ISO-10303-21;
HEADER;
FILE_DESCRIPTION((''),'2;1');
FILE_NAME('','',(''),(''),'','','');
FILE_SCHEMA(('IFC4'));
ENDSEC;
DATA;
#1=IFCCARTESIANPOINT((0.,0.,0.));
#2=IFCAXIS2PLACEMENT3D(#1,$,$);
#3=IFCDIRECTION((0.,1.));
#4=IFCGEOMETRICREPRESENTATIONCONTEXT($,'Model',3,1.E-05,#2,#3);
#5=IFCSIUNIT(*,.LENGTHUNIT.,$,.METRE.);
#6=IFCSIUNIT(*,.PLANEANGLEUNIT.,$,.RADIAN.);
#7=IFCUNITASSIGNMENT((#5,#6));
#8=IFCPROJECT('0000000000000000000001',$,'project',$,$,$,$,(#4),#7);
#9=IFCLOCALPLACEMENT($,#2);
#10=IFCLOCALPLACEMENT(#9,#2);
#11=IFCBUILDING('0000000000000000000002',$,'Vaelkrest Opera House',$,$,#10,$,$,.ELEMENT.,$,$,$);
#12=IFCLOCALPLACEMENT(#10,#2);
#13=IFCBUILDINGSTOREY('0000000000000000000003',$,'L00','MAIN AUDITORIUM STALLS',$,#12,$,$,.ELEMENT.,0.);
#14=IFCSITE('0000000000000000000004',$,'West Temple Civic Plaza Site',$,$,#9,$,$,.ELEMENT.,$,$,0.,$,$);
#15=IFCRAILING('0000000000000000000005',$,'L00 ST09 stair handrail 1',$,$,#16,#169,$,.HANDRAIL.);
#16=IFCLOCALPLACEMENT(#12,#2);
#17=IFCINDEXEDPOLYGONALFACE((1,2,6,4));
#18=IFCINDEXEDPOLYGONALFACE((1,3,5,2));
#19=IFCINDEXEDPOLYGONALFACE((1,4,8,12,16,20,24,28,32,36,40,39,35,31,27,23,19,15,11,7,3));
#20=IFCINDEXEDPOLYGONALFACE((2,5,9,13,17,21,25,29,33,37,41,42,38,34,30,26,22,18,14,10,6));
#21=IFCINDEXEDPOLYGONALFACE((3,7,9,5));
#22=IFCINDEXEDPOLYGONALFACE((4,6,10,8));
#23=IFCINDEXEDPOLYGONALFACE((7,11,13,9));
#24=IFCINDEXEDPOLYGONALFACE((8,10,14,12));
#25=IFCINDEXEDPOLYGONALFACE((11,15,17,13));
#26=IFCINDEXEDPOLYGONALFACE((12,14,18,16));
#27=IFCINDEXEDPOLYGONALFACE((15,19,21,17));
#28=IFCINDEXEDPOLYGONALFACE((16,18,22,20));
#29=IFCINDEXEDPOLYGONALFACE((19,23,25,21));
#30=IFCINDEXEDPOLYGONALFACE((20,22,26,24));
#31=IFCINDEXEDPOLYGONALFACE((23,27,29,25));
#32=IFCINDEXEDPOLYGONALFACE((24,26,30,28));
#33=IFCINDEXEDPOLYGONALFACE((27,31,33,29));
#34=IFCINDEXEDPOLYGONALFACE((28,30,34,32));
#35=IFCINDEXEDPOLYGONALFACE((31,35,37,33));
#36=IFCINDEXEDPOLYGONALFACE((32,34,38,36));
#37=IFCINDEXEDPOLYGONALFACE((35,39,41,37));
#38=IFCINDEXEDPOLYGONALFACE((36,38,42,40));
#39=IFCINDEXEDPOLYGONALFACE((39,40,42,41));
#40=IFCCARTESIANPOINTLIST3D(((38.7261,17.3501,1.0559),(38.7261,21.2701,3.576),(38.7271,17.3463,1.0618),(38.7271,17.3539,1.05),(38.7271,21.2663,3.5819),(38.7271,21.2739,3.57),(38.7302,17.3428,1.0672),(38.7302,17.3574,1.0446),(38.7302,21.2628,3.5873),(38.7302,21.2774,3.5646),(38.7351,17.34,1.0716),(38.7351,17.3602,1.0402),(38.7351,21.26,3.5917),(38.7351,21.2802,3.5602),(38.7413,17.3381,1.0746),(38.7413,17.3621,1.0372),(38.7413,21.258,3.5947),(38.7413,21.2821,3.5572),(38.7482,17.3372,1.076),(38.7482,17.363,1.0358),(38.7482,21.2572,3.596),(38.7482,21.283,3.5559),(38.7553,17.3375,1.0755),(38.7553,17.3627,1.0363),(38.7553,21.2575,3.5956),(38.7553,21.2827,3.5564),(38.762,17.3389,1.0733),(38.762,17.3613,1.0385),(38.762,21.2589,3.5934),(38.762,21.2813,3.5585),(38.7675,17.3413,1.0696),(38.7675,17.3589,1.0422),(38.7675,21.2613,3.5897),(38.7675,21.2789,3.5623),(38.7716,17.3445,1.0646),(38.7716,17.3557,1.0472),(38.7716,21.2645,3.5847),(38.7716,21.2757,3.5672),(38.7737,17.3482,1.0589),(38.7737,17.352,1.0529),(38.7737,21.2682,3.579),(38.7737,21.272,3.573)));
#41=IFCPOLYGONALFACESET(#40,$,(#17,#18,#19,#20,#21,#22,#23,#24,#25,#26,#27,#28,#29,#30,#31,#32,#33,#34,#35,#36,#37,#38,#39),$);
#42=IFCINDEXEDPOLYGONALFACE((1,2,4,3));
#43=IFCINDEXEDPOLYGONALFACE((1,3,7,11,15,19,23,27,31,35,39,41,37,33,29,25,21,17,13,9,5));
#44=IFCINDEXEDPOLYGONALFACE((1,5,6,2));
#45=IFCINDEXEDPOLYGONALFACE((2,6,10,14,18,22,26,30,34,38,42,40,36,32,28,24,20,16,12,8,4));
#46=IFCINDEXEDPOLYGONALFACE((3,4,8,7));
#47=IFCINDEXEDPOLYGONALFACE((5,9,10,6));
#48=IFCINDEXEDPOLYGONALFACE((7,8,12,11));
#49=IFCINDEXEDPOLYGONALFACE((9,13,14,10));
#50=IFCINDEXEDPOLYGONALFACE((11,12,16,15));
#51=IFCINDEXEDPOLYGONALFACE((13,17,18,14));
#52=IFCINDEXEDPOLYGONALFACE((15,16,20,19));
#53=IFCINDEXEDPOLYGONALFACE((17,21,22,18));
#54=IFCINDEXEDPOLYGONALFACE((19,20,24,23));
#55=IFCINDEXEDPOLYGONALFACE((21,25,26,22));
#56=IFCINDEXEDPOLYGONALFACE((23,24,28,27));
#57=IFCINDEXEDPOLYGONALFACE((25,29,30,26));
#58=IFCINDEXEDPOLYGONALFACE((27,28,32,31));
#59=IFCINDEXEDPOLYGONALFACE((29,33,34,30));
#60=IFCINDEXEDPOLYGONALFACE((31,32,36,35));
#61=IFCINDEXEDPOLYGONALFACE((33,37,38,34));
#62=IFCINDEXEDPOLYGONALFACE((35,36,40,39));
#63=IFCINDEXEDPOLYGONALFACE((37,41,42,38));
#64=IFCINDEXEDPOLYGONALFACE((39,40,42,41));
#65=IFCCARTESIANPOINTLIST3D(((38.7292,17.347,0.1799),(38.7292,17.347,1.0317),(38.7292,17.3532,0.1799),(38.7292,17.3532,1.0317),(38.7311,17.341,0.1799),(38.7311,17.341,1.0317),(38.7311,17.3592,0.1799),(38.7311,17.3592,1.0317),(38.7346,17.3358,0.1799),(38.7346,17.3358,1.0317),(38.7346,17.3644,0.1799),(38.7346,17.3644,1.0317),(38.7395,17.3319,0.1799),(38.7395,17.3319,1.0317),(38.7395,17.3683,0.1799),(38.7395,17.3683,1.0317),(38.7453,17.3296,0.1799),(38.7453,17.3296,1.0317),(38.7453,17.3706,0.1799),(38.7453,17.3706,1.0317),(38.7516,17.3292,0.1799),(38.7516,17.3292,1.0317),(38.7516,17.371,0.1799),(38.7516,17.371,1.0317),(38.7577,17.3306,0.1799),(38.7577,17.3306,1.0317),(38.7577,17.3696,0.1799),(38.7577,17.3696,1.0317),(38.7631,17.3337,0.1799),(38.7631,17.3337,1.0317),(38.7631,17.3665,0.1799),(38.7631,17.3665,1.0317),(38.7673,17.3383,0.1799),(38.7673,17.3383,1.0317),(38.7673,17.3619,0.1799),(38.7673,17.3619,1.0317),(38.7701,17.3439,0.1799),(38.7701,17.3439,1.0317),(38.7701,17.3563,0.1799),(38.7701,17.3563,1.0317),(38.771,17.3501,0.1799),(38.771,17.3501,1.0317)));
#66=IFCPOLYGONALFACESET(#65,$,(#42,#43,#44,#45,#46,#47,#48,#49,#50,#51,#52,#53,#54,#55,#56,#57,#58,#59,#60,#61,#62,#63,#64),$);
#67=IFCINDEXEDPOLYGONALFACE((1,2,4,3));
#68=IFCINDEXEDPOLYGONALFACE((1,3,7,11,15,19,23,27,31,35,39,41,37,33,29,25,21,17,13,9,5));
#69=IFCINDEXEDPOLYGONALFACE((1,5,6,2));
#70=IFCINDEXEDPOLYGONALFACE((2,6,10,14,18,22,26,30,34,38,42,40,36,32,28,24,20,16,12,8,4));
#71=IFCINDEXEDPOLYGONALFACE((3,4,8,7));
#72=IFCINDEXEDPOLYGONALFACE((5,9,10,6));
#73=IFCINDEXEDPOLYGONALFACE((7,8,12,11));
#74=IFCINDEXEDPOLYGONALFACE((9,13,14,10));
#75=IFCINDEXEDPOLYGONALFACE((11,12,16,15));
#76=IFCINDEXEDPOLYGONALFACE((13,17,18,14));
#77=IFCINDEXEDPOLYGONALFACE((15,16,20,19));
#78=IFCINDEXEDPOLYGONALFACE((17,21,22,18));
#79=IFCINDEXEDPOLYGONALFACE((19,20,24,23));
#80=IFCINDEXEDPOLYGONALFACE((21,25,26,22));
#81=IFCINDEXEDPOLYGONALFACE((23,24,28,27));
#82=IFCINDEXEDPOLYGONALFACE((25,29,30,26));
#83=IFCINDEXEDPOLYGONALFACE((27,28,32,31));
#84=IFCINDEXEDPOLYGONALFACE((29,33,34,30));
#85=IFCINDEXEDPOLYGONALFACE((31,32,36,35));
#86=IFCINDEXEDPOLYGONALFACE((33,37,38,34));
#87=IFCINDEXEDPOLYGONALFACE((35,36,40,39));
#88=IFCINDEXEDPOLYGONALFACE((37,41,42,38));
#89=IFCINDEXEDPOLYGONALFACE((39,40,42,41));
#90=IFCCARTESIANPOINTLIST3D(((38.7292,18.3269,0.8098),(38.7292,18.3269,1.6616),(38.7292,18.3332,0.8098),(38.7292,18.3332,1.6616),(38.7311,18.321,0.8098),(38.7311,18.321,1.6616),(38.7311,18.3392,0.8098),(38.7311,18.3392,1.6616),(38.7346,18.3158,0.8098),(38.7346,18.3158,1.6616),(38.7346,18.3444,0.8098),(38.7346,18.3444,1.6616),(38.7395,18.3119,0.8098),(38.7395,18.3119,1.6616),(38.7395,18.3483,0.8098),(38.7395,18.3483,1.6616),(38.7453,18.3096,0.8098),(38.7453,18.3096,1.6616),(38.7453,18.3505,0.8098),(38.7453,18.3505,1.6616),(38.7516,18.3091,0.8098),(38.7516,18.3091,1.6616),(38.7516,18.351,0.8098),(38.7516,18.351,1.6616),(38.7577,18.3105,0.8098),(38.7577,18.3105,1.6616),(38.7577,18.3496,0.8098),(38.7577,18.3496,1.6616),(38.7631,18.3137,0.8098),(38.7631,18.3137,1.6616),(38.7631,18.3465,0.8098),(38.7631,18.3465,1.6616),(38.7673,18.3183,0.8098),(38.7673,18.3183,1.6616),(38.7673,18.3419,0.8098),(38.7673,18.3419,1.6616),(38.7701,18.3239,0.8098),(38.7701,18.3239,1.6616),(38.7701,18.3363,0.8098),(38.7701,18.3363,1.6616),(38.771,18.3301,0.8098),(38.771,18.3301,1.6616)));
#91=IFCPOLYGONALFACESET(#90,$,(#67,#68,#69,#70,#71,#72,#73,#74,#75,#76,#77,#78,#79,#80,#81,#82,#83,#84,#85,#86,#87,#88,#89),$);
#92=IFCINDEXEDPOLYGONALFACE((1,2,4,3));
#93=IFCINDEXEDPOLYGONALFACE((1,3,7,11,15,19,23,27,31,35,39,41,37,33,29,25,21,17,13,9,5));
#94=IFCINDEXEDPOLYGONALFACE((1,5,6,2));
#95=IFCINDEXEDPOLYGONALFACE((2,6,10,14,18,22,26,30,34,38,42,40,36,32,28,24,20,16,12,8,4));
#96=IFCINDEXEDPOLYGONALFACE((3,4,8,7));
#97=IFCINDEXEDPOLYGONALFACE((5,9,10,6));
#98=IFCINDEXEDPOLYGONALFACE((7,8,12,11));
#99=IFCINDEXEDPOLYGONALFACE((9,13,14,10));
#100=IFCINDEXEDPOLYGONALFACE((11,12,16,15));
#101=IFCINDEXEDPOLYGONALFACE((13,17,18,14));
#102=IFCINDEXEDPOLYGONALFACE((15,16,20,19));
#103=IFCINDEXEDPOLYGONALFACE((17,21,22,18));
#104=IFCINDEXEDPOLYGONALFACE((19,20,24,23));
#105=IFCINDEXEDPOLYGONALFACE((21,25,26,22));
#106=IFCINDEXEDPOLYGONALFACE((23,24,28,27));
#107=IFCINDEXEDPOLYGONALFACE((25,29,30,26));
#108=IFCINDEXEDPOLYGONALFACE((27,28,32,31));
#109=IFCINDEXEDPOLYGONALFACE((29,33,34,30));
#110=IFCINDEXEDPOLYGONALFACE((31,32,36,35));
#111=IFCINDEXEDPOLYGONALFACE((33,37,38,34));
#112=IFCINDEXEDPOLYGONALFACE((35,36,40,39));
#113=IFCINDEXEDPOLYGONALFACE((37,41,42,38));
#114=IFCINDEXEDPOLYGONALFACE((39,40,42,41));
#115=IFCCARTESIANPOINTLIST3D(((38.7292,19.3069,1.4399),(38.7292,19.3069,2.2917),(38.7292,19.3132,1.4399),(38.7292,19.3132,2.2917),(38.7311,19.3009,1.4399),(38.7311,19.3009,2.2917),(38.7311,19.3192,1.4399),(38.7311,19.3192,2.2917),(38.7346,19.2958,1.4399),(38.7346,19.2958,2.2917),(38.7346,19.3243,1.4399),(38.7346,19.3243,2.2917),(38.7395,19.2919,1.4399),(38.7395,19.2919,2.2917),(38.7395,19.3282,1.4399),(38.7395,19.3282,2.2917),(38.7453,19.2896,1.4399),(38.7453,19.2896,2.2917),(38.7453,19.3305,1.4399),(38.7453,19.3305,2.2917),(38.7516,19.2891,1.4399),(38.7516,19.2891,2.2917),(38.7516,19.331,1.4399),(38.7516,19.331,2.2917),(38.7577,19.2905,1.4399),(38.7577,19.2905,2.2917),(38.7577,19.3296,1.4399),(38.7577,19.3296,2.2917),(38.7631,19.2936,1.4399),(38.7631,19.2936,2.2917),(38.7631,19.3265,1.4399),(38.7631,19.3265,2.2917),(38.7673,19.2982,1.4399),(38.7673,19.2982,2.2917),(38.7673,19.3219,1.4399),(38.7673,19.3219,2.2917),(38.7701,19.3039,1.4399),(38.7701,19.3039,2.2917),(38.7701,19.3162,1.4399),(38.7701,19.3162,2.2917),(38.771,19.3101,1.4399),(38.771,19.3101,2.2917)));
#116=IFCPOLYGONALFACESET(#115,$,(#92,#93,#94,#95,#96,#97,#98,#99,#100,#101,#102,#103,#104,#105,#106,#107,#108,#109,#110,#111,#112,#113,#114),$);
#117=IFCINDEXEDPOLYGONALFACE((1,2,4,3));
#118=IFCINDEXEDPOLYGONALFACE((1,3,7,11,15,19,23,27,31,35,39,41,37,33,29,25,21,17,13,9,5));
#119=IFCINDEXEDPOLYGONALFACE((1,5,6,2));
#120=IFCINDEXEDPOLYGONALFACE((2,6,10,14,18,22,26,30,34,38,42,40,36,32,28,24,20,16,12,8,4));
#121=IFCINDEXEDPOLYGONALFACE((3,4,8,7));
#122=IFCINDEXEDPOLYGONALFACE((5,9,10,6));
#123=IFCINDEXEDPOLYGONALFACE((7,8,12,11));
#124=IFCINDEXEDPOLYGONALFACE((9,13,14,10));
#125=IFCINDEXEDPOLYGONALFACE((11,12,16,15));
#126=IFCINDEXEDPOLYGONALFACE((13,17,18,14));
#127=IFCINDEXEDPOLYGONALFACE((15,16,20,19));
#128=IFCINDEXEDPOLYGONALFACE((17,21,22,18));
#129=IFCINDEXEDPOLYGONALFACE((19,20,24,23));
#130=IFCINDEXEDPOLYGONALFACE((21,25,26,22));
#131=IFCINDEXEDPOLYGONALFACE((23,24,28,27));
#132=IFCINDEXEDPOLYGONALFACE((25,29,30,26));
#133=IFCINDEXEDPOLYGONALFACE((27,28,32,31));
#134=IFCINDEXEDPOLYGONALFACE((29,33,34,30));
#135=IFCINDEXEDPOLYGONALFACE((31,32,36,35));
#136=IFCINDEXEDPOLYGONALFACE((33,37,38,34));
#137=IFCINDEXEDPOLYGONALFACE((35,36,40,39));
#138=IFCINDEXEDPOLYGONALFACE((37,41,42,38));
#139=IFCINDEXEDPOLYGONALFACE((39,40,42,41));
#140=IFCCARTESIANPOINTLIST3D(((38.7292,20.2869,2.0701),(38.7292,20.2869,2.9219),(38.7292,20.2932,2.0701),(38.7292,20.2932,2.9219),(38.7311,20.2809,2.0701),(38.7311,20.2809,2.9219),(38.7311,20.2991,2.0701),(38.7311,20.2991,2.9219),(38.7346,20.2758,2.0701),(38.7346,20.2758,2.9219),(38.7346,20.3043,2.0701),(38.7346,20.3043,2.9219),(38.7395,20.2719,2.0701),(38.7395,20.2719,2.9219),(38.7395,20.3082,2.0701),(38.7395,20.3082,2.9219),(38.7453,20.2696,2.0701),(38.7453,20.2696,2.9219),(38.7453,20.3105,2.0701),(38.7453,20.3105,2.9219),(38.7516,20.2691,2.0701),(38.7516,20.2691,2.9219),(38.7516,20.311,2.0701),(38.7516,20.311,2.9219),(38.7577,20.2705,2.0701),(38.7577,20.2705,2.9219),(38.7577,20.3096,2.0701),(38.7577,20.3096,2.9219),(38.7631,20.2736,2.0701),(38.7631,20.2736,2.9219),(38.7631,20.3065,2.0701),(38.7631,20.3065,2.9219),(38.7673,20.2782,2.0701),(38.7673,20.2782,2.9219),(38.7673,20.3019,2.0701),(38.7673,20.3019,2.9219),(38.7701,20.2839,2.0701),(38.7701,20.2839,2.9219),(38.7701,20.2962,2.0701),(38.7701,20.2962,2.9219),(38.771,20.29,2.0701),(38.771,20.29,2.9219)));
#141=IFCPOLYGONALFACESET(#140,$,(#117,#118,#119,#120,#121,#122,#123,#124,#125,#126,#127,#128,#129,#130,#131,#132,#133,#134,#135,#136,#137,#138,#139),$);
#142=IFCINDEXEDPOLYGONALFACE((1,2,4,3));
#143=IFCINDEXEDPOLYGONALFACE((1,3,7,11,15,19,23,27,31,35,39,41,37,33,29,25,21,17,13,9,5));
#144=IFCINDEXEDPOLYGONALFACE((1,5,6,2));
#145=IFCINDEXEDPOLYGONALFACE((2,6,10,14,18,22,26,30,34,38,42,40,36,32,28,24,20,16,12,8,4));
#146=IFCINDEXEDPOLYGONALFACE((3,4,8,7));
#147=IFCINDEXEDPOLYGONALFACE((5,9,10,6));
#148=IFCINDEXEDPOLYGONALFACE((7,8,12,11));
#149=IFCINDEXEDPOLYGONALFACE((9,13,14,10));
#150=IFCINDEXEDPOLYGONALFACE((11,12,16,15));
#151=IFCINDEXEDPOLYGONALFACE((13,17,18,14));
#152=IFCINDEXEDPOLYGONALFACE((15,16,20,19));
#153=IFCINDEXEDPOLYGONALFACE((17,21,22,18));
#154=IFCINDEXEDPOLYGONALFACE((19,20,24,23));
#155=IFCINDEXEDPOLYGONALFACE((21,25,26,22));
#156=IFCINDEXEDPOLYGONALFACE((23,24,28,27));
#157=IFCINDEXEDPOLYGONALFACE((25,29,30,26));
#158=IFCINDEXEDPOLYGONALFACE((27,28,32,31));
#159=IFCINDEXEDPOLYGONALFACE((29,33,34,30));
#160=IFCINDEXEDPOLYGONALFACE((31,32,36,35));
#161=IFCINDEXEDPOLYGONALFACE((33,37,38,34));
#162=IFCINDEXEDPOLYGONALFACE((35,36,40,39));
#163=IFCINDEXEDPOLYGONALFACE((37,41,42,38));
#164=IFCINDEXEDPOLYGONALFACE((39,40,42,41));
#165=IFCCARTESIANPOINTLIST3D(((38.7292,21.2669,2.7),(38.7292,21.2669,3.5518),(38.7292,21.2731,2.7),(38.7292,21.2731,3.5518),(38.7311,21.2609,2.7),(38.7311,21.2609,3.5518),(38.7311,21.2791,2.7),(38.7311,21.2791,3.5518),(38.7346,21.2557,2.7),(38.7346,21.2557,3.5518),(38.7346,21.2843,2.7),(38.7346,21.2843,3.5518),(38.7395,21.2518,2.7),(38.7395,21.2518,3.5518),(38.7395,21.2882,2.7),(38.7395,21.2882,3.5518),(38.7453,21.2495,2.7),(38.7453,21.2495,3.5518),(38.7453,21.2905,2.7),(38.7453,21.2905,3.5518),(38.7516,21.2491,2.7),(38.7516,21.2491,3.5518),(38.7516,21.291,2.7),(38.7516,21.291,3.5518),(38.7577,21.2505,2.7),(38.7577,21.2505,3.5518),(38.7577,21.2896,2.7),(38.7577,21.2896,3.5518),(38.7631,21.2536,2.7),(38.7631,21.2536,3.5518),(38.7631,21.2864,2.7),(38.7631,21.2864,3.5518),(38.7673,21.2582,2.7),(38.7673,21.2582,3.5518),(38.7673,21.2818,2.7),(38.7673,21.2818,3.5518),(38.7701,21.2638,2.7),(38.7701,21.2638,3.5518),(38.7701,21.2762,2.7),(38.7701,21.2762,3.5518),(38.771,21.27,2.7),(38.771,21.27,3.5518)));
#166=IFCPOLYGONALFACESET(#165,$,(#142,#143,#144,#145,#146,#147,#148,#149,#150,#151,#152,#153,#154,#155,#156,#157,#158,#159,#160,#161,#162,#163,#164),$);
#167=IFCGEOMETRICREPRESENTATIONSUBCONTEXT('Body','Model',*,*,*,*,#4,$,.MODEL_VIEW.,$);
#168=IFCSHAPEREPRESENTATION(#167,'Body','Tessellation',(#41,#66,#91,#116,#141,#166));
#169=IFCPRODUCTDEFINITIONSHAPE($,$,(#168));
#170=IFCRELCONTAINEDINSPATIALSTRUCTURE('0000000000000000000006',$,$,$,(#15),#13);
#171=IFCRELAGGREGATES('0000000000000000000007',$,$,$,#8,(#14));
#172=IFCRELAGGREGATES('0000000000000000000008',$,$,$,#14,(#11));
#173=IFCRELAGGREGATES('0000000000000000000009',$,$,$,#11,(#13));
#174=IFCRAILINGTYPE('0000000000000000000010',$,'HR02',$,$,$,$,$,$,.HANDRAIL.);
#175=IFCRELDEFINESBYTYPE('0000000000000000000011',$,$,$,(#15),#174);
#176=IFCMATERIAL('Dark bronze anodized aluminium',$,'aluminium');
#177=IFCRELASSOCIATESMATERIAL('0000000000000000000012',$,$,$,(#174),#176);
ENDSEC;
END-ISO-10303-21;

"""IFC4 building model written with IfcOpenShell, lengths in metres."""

from ifc_helpers import new_model, si_unit, direction, frame, origin, origin_2d, place, context, subcontext, project, spatial, circle, extrude, material, type_object, element, save


model = new_model("IFC4")

# Units and contexts
model_context = context("Model", 3, precision=1e-05, world=origin(), true_north=direction((0.0, 1.0)))
body_context = subcontext(model_context, "Body", "Model", "MODEL_VIEW")
ifc_project = project(units=[si_unit("LENGTHUNIT", "METRE"), si_unit("PLANEANGLEUNIT", "RADIAN")], contexts=[model_context])

# Site, building, storey
site_placement = place(None, origin())
site = spatial("IfcSite", under=ifc_project, at=site_placement, Name="West Temple Civic Plaza Site", CompositionType="ELEMENT", RefElevation=0.0)
building_placement = place(site_placement, origin())
building = spatial("IfcBuilding", under=site, at=building_placement, Name="Vaelkrest Opera House", CompositionType="ELEMENT")
storey_placement = place(building_placement, origin())
storey = spatial("IfcBuildingStorey", under=building, at=storey_placement, Name="L00", Description="MAIN AUDITORIUM STALLS", CompositionType="ELEMENT", Elevation=0.0)

# Shared definitions
ifc_material_1 = material(Name="Dark bronze anodized aluminium", Category="aluminium")

# Railing
railing_type_1 = type_object("IfcRailingType", Name="HR02", PredefinedType="HANDRAIL", material=ifc_material_1)
railing_1_placement = place(storey_placement, frame((38.75, 17.3501, 0.1799)))
element("IfcRailing", 1, at=railing_1_placement, inside=storey, type_object=railing_type_1, Name="L00 ST09 stair handrail 1", PredefinedType="HANDRAIL", context=body_context, shape_type="SweptSolid", body=[
    extrude(circle(Radius=0.0239, at=origin_2d()), frame((0.0, 0.0, 0.876), z_axis=(0.0, 0.841172, 0.540768), x_axis=(-1.0, 0.0, 0.0)), (0.0, 0.0, 1.0), 4.6602),
    extrude(circle(Radius=0.021, at=origin_2d()), origin(), (0.0, 0.0, 1.0), 0.8518),
    extrude(circle(Radius=0.021, at=origin_2d()), frame((0.0, 0.98, 0.6299)), (0.0, 0.0, 1.0), 0.8518),
    extrude(circle(Radius=0.021, at=origin_2d()), frame((0.0, 1.96, 1.26)), (0.0, 0.0, 1.0), 0.8518),
    extrude(circle(Radius=0.021, at=origin_2d()), frame((0.0, 2.9399, 1.8901)), (0.0, 0.0, 1.0), 0.8518),
    extrude(circle(Radius=0.021, at=origin_2d()), frame((0.0, 3.9199, 2.52)), (0.0, 0.0, 1.0), 0.8518),
])

save(model, "model.ifc")
